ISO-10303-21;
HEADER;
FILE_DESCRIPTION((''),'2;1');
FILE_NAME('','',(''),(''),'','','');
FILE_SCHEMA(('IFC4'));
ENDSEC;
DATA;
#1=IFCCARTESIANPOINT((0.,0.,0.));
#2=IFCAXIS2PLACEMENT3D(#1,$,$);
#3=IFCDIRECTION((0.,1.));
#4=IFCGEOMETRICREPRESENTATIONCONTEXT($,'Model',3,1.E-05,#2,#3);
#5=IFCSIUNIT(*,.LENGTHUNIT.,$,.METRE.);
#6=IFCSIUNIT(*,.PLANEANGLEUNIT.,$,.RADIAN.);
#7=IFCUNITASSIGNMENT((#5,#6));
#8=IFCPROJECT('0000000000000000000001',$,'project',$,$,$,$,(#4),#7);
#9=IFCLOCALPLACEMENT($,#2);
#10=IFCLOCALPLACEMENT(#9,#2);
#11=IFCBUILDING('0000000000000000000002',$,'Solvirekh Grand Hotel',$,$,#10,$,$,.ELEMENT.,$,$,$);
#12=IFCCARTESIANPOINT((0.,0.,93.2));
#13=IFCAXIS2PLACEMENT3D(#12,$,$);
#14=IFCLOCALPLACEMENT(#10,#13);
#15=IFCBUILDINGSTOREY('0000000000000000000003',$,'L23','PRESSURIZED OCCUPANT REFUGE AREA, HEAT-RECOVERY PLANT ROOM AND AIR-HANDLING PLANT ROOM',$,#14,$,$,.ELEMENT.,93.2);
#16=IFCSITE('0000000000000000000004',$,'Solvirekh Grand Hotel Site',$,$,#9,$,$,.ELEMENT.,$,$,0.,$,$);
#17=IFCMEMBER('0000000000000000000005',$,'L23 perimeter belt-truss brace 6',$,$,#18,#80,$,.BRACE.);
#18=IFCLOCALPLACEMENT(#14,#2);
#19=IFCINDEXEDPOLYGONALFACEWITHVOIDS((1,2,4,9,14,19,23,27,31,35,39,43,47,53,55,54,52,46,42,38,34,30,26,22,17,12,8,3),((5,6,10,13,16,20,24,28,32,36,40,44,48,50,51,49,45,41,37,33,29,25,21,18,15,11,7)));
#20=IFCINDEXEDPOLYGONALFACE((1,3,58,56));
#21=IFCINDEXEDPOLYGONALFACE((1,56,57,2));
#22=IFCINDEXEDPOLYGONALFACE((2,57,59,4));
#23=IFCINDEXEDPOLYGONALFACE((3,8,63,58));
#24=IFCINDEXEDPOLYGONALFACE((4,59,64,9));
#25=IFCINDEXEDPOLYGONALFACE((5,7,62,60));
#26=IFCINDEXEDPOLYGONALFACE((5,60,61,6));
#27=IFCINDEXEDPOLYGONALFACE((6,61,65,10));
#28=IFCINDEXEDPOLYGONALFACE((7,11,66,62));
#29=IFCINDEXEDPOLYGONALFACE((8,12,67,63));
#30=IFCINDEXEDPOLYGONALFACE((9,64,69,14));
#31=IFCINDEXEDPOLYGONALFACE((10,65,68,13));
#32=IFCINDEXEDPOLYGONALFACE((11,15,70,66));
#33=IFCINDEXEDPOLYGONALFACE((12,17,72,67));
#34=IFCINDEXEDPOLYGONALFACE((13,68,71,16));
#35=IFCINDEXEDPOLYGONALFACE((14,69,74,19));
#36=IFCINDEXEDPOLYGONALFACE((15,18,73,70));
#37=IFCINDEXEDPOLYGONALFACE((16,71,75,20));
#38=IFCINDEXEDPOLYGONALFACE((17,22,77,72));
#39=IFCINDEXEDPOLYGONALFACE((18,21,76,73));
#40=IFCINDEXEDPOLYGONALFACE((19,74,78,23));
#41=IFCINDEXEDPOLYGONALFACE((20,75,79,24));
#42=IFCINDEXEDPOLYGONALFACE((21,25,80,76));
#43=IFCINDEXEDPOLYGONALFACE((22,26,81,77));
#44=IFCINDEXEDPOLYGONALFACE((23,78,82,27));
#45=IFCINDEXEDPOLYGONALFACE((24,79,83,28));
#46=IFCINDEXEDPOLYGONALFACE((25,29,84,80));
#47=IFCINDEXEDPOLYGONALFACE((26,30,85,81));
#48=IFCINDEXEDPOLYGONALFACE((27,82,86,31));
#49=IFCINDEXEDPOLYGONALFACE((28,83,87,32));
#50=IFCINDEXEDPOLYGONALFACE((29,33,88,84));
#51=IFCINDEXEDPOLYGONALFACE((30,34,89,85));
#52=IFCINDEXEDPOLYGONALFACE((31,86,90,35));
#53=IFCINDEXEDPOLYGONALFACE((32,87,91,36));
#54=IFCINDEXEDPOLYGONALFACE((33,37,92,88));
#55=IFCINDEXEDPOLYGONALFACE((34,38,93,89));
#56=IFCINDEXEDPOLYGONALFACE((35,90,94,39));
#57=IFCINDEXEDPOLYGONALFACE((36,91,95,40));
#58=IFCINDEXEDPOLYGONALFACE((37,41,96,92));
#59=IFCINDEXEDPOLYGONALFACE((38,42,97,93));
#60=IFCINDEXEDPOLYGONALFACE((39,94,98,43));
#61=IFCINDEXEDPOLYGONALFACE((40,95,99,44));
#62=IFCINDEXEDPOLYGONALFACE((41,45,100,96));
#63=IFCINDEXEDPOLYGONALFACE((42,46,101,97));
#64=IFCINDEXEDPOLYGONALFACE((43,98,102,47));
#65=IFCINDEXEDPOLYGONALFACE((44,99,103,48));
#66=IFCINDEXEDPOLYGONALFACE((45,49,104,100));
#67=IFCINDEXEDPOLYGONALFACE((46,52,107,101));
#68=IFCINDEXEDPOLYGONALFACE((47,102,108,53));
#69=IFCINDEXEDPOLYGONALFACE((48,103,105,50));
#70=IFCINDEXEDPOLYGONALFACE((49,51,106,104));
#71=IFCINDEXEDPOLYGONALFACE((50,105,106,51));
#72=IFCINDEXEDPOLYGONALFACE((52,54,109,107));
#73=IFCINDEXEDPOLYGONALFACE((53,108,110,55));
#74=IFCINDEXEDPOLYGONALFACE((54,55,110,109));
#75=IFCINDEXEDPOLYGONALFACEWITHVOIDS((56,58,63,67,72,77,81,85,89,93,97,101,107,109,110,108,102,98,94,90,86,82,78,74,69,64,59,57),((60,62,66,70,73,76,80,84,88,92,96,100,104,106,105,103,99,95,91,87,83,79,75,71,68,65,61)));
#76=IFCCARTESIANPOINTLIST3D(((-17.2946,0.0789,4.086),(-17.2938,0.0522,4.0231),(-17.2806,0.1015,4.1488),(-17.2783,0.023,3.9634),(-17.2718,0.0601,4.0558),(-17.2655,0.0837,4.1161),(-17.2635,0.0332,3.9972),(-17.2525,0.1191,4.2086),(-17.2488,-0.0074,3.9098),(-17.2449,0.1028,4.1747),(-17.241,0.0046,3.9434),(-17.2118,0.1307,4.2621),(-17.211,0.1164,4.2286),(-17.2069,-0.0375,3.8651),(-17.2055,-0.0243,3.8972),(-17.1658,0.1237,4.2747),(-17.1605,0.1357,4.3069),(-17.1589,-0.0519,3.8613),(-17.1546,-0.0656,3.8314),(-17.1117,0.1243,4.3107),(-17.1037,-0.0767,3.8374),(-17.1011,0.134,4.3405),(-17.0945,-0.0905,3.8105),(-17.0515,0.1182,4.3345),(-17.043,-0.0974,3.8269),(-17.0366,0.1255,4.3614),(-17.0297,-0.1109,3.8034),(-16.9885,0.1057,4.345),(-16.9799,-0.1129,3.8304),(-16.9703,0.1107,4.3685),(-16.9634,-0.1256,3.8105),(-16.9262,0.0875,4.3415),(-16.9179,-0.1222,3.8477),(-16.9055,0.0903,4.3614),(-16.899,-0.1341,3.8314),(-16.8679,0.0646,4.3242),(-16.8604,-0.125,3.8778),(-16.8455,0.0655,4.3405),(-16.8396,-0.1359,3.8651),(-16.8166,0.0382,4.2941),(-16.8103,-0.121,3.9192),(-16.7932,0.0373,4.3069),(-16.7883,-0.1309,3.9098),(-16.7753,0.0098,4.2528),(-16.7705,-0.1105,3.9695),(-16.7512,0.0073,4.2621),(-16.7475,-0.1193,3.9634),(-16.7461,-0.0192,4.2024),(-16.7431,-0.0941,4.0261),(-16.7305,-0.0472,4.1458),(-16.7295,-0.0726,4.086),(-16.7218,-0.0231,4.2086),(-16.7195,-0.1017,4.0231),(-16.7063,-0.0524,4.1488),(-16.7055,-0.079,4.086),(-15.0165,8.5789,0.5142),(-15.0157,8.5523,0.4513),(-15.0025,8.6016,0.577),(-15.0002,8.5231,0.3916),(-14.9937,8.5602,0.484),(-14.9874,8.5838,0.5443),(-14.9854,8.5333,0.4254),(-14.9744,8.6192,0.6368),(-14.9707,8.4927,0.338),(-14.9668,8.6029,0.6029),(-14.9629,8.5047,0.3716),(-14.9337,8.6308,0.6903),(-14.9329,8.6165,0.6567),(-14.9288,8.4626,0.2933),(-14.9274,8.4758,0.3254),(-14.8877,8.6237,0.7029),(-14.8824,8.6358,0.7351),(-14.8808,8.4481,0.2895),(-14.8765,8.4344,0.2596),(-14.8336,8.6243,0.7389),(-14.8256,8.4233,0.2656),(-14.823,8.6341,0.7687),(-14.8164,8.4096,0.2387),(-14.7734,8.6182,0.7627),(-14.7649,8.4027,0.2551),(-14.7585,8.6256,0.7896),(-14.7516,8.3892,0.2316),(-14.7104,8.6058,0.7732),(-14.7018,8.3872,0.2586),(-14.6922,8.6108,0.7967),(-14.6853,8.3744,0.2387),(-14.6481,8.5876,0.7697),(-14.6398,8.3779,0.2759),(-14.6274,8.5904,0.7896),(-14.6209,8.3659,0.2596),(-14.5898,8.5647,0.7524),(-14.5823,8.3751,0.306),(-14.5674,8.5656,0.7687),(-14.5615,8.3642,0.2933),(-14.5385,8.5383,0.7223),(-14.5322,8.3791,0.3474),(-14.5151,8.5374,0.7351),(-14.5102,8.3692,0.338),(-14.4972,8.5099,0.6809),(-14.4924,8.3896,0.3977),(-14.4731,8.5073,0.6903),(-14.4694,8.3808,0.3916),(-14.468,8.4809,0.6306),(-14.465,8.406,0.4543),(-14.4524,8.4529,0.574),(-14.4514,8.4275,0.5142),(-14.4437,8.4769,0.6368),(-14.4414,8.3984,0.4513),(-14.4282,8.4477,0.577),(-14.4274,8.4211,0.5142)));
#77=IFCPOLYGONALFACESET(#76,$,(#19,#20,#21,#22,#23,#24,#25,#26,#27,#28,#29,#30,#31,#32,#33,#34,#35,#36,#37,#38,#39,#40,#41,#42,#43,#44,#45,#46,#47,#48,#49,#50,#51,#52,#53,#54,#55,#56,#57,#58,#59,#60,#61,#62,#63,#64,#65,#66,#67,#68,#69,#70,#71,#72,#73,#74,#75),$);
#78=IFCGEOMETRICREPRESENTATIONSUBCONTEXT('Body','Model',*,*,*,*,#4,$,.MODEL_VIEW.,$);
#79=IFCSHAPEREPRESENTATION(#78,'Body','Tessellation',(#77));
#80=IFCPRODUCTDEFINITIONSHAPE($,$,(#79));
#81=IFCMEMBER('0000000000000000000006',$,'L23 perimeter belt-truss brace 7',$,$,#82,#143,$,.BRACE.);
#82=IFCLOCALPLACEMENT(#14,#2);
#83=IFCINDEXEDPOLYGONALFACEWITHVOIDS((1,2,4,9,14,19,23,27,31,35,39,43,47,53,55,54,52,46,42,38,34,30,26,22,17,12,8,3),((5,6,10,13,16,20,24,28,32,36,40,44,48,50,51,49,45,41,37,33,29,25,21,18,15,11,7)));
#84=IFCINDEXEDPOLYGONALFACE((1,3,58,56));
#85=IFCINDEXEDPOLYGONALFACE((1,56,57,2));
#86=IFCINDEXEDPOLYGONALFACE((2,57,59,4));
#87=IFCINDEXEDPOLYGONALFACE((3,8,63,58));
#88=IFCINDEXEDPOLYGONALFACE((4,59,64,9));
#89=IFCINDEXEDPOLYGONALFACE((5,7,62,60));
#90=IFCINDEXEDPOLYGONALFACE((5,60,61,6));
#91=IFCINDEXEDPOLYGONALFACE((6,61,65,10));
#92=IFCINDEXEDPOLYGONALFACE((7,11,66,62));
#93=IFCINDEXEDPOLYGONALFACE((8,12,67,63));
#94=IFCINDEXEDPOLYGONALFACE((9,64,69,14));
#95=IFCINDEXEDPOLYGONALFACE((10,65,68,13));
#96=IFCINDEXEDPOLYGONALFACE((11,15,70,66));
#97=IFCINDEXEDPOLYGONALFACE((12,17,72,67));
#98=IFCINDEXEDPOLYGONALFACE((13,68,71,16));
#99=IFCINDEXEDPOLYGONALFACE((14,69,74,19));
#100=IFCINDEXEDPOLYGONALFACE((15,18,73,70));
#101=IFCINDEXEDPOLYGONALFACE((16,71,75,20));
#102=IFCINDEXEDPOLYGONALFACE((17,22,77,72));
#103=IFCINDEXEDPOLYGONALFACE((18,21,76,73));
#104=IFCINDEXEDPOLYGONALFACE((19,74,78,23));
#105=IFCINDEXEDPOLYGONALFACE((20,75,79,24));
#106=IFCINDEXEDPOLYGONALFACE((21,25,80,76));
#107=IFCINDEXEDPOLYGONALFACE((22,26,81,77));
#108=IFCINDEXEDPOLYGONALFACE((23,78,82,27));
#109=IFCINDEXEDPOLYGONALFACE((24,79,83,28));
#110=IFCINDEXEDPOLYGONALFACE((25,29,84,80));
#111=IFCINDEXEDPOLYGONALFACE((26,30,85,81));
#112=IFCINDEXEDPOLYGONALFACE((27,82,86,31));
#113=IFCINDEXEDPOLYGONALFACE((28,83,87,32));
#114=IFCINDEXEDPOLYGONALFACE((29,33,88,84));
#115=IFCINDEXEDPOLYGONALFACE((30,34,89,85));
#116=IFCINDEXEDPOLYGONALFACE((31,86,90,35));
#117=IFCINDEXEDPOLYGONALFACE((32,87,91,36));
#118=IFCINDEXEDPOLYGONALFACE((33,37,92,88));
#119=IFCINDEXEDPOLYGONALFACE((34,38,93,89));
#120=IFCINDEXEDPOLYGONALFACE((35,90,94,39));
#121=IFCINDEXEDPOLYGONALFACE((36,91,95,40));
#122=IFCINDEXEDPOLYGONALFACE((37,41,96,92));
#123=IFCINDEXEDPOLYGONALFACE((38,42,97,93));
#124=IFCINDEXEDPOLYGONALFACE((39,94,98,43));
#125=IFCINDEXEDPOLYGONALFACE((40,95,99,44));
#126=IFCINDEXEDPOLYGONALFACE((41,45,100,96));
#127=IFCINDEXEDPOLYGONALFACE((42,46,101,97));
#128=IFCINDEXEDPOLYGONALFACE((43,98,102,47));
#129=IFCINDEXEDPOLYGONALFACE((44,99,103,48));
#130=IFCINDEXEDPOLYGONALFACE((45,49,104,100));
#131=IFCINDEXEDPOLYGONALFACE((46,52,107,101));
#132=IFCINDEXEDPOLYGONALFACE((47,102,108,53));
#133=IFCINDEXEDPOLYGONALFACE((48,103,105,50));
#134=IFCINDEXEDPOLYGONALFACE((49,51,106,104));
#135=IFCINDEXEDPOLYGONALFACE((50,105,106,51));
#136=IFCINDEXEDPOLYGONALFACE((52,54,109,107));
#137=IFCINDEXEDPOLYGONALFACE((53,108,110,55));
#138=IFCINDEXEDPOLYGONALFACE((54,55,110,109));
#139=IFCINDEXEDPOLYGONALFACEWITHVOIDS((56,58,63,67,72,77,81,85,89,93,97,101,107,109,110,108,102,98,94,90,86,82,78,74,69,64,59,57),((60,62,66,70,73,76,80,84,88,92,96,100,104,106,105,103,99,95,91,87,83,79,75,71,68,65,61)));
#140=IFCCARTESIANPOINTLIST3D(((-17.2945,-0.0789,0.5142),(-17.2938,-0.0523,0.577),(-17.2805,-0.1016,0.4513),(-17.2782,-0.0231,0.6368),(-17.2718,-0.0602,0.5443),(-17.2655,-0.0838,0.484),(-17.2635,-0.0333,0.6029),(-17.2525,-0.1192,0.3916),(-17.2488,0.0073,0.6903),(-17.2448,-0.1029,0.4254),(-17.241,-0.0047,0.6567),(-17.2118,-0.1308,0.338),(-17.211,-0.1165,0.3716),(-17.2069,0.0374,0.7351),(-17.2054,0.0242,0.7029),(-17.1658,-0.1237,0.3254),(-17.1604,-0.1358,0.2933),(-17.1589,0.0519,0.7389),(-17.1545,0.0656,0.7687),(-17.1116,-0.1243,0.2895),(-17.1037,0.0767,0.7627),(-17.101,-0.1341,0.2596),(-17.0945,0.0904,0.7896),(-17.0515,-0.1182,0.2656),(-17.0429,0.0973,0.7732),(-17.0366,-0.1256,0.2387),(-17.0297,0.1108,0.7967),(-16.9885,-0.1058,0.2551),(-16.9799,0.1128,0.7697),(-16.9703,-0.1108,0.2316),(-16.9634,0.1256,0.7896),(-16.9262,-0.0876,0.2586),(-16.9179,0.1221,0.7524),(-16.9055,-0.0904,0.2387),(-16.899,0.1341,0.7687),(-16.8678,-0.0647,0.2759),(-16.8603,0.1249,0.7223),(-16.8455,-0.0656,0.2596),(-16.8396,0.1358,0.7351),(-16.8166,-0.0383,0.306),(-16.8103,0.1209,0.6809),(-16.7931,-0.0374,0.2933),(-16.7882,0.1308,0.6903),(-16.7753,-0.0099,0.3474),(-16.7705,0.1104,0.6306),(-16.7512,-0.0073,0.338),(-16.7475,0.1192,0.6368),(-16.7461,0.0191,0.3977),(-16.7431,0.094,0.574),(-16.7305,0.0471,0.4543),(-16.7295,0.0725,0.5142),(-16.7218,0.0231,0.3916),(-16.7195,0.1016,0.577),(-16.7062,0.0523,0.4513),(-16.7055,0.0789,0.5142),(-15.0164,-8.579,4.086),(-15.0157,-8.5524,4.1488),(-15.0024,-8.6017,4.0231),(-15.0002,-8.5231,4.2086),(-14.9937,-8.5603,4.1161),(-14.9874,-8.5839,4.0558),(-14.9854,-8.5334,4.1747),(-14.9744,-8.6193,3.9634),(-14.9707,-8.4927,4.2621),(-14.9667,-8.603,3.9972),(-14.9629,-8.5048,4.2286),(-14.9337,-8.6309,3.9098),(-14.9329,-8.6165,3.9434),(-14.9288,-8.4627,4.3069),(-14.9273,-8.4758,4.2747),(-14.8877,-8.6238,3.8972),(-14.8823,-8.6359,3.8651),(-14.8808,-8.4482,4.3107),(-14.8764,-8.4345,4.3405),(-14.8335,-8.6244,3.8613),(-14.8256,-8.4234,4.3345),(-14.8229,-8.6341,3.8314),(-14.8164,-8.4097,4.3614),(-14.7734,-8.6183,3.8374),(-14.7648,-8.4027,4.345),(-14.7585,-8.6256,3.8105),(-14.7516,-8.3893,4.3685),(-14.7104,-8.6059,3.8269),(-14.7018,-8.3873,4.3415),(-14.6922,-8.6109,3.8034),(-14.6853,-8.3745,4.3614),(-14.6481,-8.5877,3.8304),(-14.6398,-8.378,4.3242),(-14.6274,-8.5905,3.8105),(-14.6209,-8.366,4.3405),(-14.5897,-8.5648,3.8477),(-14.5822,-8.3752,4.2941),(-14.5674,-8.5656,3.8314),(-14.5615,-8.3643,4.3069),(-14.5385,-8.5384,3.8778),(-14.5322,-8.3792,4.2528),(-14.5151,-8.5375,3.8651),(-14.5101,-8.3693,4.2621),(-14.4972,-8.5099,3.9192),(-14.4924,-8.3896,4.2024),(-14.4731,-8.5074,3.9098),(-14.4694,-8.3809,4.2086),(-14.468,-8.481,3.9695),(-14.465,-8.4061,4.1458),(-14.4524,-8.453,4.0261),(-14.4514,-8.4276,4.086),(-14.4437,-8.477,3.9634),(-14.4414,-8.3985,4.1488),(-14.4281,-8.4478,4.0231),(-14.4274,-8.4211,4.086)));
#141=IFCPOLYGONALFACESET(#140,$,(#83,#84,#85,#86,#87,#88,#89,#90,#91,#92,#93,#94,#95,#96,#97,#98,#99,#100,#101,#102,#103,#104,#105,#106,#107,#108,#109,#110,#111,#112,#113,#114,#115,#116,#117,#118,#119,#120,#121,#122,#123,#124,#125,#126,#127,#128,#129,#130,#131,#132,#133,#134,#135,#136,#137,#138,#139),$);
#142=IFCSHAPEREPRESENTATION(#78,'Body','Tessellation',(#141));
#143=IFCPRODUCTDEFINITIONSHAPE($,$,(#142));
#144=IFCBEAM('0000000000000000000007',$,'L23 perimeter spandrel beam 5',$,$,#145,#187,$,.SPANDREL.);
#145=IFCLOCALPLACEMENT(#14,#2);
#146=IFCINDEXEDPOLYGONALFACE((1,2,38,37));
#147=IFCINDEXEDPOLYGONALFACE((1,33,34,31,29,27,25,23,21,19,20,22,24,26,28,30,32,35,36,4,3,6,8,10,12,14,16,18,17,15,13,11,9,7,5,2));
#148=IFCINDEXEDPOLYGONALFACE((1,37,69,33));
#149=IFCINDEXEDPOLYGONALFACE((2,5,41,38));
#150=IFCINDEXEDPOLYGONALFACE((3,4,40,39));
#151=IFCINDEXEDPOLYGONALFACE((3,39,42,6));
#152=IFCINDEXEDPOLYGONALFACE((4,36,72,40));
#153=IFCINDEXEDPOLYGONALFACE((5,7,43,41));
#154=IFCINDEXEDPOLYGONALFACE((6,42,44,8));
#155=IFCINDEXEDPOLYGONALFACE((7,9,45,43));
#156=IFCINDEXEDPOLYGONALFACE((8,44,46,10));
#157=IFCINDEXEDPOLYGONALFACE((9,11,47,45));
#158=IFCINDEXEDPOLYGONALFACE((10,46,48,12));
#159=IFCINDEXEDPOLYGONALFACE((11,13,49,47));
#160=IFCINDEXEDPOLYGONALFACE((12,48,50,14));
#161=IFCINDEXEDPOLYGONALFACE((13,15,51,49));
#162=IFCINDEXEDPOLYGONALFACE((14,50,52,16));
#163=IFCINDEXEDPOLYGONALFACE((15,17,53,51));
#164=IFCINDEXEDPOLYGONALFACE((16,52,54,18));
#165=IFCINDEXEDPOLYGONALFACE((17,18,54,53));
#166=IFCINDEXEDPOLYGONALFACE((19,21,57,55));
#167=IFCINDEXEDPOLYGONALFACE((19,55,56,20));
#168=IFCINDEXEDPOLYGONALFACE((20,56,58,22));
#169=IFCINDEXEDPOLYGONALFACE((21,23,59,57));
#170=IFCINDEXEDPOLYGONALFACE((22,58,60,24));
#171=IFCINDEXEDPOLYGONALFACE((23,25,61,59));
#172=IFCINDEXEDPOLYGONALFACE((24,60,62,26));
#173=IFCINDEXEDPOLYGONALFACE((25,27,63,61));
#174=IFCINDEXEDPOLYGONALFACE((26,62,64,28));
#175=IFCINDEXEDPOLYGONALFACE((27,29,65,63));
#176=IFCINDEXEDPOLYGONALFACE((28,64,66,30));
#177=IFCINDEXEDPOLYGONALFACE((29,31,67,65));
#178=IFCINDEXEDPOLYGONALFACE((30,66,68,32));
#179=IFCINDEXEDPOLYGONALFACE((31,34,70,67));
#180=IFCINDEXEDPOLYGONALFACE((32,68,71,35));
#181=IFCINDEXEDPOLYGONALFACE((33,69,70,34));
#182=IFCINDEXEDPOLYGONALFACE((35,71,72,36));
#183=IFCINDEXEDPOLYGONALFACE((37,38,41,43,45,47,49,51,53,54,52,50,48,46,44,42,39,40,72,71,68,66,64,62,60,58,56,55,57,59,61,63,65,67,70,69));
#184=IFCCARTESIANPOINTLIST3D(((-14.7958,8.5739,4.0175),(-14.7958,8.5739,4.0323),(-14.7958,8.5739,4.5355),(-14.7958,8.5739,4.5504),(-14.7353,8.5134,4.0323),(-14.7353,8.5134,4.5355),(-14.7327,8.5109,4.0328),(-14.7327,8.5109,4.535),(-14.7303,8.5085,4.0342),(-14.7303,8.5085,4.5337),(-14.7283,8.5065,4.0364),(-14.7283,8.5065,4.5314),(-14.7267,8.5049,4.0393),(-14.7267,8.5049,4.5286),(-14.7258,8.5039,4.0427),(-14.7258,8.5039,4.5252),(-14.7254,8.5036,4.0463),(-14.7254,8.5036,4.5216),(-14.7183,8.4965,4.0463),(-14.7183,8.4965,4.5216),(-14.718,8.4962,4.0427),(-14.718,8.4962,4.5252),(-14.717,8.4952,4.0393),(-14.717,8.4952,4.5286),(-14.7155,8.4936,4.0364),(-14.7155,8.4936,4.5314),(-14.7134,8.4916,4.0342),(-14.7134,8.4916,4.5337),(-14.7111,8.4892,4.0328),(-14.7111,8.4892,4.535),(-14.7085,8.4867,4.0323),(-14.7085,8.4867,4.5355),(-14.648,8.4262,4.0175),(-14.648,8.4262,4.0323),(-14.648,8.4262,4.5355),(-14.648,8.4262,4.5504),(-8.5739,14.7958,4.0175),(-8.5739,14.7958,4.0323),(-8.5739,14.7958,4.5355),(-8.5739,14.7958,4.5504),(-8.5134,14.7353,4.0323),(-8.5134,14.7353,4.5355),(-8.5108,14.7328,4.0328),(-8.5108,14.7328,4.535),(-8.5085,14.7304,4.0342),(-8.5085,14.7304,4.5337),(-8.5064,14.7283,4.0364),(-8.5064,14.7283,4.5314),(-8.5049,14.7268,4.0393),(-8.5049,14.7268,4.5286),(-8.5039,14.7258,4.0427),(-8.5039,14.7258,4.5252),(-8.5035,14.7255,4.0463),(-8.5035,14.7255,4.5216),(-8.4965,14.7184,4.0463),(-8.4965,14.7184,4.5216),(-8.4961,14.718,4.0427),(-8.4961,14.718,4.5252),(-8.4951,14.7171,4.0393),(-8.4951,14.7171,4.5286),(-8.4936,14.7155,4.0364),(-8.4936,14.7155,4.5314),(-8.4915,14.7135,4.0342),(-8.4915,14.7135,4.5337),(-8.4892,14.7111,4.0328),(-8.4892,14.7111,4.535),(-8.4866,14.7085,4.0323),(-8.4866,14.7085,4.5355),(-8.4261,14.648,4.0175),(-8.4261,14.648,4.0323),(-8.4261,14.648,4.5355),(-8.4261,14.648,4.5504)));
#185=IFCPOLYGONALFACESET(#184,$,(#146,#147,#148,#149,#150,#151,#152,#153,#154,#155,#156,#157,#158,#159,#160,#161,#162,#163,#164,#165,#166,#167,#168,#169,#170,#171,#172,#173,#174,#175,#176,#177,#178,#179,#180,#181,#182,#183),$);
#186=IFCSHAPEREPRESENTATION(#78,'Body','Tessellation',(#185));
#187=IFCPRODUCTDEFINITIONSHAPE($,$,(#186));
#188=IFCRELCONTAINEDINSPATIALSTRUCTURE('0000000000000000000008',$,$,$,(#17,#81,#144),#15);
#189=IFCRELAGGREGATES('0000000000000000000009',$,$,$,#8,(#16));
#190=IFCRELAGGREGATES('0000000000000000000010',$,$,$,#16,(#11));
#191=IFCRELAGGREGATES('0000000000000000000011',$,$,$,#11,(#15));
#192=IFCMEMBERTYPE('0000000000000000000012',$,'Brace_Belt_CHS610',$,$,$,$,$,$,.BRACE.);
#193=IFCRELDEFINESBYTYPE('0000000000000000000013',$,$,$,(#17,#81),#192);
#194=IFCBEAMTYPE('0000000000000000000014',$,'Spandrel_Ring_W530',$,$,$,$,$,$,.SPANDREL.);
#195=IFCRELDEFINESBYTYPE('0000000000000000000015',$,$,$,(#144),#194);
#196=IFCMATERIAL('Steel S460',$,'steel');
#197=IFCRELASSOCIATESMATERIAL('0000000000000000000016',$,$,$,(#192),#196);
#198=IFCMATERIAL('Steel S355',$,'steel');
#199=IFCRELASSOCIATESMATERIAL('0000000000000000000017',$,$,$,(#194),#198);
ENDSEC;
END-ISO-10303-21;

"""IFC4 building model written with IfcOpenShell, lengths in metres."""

from ifc_helpers import new_model, si_unit, direction, frame, origin, origin_2d, place, context, subcontext, project, spatial, hollow_circle, i_section, extrude, material, material_profile, profile_set, type_object, element, save


model = new_model("IFC4")

# Units and contexts
model_context = context("Model", 3, precision=1e-05, world=origin(), true_north=direction((0.0, 1.0)))
body_context = subcontext(model_context, "Body", "Model", "MODEL_VIEW")
ifc_project = project(units=[si_unit("LENGTHUNIT", "METRE"), si_unit("PLANEANGLEUNIT", "RADIAN")], contexts=[model_context])

# Site, building, storey
site_placement = place(None, origin())
site = spatial("IfcSite", under=ifc_project, at=site_placement, Name="Solvirekh Grand Hotel Site", CompositionType="ELEMENT", RefElevation=0.0)
building_placement = place(site_placement, origin())
building = spatial("IfcBuilding", under=site, at=building_placement, Name="Solvirekh Grand Hotel", CompositionType="ELEMENT")
storey_placement = place(building_placement, frame((0.0, 0.0, 93.2)))
storey = spatial("IfcBuildingStorey", under=building, at=storey_placement, Name="L23", Description="PRESSURIZED OCCUPANT REFUGE AREA, HEAT-RECOVERY PLANT ROOM AND AIR-HANDLING PLANT ROOM", CompositionType="ELEMENT", Elevation=93.2)

# Members
ifc_material_1 = material(Name="Steel S460", Category="steel")
ifc_material_profile_1 = material_profile(ifc_material_1, hollow_circle(Radius=0.3049, WallThickness=0.0249, at=origin_2d()), Name="CHS 610X25")
ifc_profile_set_1 = profile_set([ifc_material_profile_1], Name="Steel S460")
member_type = type_object("IfcMemberType", Name="Brace_Belt_CHS610", PredefinedType="BRACE", material=ifc_profile_set_1)
for number, where, z_axis, x_axis, name in (
    (1, (-14.7219, 8.5, 0.5142), (-0.239868, -0.894999, 0.376087), (0.965911, -0.258873, 0.0), "L23 perimeter belt-truss brace 6"),
    (2, (-17.0, 0.0, 0.5142), (0.239868, -0.894999, 0.376087), (0.965911, 0.258873, 0.0), "L23 perimeter belt-truss brace 7"),
):
    element("IfcMember", number, at=place(storey_placement, frame(where, z_axis=z_axis, x_axis=x_axis)), inside=storey, type_object=member_type, Name=name, PredefinedType="BRACE", context=body_context, shape_type="SweptSolid", body=[
        extrude(hollow_circle(Radius=0.3049, WallThickness=0.0249, at=origin_2d()), origin(), (0.0, 0.0, 1.0), 9.4973),
    ])

# Beam
ifc_material_2 = material(Name="Steel S355", Category="steel")
ifc_material_profile_2 = material_profile(ifc_material_2, i_section(OverallWidth=0.209, OverallDepth=0.533, WebThickness=0.01, FlangeThickness=0.0149, FilletRadius=0.0139, at=origin_2d()), Name="W530X92")
ifc_profile_set_2 = profile_set([ifc_material_profile_2], Name="Steel S355")
beam_type = type_object("IfcBeamType", Name="Spandrel_Ring_W530", PredefinedType="SPANDREL", material=ifc_profile_set_2)
beam_1_placement = place(storey_placement, frame((-8.5, 14.7219, 4.2839), z_axis=(-0.707107, -0.707107, 0.0), x_axis=(0.707107, -0.707107, 0.0)))
element("IfcBeam", 3, at=beam_1_placement, inside=storey, type_object=beam_type, Name="L23 perimeter spandrel beam 5", PredefinedType="SPANDREL", context=body_context, shape_type="SweptSolid", body=[
    extrude(i_section(OverallWidth=0.209, OverallDepth=0.533, WebThickness=0.01, FlangeThickness=0.0149, FilletRadius=0.0139, at=origin_2d()), origin(), (0.0, 0.0, 1.0), 8.7991),
])

save(model, "model.ifc")
